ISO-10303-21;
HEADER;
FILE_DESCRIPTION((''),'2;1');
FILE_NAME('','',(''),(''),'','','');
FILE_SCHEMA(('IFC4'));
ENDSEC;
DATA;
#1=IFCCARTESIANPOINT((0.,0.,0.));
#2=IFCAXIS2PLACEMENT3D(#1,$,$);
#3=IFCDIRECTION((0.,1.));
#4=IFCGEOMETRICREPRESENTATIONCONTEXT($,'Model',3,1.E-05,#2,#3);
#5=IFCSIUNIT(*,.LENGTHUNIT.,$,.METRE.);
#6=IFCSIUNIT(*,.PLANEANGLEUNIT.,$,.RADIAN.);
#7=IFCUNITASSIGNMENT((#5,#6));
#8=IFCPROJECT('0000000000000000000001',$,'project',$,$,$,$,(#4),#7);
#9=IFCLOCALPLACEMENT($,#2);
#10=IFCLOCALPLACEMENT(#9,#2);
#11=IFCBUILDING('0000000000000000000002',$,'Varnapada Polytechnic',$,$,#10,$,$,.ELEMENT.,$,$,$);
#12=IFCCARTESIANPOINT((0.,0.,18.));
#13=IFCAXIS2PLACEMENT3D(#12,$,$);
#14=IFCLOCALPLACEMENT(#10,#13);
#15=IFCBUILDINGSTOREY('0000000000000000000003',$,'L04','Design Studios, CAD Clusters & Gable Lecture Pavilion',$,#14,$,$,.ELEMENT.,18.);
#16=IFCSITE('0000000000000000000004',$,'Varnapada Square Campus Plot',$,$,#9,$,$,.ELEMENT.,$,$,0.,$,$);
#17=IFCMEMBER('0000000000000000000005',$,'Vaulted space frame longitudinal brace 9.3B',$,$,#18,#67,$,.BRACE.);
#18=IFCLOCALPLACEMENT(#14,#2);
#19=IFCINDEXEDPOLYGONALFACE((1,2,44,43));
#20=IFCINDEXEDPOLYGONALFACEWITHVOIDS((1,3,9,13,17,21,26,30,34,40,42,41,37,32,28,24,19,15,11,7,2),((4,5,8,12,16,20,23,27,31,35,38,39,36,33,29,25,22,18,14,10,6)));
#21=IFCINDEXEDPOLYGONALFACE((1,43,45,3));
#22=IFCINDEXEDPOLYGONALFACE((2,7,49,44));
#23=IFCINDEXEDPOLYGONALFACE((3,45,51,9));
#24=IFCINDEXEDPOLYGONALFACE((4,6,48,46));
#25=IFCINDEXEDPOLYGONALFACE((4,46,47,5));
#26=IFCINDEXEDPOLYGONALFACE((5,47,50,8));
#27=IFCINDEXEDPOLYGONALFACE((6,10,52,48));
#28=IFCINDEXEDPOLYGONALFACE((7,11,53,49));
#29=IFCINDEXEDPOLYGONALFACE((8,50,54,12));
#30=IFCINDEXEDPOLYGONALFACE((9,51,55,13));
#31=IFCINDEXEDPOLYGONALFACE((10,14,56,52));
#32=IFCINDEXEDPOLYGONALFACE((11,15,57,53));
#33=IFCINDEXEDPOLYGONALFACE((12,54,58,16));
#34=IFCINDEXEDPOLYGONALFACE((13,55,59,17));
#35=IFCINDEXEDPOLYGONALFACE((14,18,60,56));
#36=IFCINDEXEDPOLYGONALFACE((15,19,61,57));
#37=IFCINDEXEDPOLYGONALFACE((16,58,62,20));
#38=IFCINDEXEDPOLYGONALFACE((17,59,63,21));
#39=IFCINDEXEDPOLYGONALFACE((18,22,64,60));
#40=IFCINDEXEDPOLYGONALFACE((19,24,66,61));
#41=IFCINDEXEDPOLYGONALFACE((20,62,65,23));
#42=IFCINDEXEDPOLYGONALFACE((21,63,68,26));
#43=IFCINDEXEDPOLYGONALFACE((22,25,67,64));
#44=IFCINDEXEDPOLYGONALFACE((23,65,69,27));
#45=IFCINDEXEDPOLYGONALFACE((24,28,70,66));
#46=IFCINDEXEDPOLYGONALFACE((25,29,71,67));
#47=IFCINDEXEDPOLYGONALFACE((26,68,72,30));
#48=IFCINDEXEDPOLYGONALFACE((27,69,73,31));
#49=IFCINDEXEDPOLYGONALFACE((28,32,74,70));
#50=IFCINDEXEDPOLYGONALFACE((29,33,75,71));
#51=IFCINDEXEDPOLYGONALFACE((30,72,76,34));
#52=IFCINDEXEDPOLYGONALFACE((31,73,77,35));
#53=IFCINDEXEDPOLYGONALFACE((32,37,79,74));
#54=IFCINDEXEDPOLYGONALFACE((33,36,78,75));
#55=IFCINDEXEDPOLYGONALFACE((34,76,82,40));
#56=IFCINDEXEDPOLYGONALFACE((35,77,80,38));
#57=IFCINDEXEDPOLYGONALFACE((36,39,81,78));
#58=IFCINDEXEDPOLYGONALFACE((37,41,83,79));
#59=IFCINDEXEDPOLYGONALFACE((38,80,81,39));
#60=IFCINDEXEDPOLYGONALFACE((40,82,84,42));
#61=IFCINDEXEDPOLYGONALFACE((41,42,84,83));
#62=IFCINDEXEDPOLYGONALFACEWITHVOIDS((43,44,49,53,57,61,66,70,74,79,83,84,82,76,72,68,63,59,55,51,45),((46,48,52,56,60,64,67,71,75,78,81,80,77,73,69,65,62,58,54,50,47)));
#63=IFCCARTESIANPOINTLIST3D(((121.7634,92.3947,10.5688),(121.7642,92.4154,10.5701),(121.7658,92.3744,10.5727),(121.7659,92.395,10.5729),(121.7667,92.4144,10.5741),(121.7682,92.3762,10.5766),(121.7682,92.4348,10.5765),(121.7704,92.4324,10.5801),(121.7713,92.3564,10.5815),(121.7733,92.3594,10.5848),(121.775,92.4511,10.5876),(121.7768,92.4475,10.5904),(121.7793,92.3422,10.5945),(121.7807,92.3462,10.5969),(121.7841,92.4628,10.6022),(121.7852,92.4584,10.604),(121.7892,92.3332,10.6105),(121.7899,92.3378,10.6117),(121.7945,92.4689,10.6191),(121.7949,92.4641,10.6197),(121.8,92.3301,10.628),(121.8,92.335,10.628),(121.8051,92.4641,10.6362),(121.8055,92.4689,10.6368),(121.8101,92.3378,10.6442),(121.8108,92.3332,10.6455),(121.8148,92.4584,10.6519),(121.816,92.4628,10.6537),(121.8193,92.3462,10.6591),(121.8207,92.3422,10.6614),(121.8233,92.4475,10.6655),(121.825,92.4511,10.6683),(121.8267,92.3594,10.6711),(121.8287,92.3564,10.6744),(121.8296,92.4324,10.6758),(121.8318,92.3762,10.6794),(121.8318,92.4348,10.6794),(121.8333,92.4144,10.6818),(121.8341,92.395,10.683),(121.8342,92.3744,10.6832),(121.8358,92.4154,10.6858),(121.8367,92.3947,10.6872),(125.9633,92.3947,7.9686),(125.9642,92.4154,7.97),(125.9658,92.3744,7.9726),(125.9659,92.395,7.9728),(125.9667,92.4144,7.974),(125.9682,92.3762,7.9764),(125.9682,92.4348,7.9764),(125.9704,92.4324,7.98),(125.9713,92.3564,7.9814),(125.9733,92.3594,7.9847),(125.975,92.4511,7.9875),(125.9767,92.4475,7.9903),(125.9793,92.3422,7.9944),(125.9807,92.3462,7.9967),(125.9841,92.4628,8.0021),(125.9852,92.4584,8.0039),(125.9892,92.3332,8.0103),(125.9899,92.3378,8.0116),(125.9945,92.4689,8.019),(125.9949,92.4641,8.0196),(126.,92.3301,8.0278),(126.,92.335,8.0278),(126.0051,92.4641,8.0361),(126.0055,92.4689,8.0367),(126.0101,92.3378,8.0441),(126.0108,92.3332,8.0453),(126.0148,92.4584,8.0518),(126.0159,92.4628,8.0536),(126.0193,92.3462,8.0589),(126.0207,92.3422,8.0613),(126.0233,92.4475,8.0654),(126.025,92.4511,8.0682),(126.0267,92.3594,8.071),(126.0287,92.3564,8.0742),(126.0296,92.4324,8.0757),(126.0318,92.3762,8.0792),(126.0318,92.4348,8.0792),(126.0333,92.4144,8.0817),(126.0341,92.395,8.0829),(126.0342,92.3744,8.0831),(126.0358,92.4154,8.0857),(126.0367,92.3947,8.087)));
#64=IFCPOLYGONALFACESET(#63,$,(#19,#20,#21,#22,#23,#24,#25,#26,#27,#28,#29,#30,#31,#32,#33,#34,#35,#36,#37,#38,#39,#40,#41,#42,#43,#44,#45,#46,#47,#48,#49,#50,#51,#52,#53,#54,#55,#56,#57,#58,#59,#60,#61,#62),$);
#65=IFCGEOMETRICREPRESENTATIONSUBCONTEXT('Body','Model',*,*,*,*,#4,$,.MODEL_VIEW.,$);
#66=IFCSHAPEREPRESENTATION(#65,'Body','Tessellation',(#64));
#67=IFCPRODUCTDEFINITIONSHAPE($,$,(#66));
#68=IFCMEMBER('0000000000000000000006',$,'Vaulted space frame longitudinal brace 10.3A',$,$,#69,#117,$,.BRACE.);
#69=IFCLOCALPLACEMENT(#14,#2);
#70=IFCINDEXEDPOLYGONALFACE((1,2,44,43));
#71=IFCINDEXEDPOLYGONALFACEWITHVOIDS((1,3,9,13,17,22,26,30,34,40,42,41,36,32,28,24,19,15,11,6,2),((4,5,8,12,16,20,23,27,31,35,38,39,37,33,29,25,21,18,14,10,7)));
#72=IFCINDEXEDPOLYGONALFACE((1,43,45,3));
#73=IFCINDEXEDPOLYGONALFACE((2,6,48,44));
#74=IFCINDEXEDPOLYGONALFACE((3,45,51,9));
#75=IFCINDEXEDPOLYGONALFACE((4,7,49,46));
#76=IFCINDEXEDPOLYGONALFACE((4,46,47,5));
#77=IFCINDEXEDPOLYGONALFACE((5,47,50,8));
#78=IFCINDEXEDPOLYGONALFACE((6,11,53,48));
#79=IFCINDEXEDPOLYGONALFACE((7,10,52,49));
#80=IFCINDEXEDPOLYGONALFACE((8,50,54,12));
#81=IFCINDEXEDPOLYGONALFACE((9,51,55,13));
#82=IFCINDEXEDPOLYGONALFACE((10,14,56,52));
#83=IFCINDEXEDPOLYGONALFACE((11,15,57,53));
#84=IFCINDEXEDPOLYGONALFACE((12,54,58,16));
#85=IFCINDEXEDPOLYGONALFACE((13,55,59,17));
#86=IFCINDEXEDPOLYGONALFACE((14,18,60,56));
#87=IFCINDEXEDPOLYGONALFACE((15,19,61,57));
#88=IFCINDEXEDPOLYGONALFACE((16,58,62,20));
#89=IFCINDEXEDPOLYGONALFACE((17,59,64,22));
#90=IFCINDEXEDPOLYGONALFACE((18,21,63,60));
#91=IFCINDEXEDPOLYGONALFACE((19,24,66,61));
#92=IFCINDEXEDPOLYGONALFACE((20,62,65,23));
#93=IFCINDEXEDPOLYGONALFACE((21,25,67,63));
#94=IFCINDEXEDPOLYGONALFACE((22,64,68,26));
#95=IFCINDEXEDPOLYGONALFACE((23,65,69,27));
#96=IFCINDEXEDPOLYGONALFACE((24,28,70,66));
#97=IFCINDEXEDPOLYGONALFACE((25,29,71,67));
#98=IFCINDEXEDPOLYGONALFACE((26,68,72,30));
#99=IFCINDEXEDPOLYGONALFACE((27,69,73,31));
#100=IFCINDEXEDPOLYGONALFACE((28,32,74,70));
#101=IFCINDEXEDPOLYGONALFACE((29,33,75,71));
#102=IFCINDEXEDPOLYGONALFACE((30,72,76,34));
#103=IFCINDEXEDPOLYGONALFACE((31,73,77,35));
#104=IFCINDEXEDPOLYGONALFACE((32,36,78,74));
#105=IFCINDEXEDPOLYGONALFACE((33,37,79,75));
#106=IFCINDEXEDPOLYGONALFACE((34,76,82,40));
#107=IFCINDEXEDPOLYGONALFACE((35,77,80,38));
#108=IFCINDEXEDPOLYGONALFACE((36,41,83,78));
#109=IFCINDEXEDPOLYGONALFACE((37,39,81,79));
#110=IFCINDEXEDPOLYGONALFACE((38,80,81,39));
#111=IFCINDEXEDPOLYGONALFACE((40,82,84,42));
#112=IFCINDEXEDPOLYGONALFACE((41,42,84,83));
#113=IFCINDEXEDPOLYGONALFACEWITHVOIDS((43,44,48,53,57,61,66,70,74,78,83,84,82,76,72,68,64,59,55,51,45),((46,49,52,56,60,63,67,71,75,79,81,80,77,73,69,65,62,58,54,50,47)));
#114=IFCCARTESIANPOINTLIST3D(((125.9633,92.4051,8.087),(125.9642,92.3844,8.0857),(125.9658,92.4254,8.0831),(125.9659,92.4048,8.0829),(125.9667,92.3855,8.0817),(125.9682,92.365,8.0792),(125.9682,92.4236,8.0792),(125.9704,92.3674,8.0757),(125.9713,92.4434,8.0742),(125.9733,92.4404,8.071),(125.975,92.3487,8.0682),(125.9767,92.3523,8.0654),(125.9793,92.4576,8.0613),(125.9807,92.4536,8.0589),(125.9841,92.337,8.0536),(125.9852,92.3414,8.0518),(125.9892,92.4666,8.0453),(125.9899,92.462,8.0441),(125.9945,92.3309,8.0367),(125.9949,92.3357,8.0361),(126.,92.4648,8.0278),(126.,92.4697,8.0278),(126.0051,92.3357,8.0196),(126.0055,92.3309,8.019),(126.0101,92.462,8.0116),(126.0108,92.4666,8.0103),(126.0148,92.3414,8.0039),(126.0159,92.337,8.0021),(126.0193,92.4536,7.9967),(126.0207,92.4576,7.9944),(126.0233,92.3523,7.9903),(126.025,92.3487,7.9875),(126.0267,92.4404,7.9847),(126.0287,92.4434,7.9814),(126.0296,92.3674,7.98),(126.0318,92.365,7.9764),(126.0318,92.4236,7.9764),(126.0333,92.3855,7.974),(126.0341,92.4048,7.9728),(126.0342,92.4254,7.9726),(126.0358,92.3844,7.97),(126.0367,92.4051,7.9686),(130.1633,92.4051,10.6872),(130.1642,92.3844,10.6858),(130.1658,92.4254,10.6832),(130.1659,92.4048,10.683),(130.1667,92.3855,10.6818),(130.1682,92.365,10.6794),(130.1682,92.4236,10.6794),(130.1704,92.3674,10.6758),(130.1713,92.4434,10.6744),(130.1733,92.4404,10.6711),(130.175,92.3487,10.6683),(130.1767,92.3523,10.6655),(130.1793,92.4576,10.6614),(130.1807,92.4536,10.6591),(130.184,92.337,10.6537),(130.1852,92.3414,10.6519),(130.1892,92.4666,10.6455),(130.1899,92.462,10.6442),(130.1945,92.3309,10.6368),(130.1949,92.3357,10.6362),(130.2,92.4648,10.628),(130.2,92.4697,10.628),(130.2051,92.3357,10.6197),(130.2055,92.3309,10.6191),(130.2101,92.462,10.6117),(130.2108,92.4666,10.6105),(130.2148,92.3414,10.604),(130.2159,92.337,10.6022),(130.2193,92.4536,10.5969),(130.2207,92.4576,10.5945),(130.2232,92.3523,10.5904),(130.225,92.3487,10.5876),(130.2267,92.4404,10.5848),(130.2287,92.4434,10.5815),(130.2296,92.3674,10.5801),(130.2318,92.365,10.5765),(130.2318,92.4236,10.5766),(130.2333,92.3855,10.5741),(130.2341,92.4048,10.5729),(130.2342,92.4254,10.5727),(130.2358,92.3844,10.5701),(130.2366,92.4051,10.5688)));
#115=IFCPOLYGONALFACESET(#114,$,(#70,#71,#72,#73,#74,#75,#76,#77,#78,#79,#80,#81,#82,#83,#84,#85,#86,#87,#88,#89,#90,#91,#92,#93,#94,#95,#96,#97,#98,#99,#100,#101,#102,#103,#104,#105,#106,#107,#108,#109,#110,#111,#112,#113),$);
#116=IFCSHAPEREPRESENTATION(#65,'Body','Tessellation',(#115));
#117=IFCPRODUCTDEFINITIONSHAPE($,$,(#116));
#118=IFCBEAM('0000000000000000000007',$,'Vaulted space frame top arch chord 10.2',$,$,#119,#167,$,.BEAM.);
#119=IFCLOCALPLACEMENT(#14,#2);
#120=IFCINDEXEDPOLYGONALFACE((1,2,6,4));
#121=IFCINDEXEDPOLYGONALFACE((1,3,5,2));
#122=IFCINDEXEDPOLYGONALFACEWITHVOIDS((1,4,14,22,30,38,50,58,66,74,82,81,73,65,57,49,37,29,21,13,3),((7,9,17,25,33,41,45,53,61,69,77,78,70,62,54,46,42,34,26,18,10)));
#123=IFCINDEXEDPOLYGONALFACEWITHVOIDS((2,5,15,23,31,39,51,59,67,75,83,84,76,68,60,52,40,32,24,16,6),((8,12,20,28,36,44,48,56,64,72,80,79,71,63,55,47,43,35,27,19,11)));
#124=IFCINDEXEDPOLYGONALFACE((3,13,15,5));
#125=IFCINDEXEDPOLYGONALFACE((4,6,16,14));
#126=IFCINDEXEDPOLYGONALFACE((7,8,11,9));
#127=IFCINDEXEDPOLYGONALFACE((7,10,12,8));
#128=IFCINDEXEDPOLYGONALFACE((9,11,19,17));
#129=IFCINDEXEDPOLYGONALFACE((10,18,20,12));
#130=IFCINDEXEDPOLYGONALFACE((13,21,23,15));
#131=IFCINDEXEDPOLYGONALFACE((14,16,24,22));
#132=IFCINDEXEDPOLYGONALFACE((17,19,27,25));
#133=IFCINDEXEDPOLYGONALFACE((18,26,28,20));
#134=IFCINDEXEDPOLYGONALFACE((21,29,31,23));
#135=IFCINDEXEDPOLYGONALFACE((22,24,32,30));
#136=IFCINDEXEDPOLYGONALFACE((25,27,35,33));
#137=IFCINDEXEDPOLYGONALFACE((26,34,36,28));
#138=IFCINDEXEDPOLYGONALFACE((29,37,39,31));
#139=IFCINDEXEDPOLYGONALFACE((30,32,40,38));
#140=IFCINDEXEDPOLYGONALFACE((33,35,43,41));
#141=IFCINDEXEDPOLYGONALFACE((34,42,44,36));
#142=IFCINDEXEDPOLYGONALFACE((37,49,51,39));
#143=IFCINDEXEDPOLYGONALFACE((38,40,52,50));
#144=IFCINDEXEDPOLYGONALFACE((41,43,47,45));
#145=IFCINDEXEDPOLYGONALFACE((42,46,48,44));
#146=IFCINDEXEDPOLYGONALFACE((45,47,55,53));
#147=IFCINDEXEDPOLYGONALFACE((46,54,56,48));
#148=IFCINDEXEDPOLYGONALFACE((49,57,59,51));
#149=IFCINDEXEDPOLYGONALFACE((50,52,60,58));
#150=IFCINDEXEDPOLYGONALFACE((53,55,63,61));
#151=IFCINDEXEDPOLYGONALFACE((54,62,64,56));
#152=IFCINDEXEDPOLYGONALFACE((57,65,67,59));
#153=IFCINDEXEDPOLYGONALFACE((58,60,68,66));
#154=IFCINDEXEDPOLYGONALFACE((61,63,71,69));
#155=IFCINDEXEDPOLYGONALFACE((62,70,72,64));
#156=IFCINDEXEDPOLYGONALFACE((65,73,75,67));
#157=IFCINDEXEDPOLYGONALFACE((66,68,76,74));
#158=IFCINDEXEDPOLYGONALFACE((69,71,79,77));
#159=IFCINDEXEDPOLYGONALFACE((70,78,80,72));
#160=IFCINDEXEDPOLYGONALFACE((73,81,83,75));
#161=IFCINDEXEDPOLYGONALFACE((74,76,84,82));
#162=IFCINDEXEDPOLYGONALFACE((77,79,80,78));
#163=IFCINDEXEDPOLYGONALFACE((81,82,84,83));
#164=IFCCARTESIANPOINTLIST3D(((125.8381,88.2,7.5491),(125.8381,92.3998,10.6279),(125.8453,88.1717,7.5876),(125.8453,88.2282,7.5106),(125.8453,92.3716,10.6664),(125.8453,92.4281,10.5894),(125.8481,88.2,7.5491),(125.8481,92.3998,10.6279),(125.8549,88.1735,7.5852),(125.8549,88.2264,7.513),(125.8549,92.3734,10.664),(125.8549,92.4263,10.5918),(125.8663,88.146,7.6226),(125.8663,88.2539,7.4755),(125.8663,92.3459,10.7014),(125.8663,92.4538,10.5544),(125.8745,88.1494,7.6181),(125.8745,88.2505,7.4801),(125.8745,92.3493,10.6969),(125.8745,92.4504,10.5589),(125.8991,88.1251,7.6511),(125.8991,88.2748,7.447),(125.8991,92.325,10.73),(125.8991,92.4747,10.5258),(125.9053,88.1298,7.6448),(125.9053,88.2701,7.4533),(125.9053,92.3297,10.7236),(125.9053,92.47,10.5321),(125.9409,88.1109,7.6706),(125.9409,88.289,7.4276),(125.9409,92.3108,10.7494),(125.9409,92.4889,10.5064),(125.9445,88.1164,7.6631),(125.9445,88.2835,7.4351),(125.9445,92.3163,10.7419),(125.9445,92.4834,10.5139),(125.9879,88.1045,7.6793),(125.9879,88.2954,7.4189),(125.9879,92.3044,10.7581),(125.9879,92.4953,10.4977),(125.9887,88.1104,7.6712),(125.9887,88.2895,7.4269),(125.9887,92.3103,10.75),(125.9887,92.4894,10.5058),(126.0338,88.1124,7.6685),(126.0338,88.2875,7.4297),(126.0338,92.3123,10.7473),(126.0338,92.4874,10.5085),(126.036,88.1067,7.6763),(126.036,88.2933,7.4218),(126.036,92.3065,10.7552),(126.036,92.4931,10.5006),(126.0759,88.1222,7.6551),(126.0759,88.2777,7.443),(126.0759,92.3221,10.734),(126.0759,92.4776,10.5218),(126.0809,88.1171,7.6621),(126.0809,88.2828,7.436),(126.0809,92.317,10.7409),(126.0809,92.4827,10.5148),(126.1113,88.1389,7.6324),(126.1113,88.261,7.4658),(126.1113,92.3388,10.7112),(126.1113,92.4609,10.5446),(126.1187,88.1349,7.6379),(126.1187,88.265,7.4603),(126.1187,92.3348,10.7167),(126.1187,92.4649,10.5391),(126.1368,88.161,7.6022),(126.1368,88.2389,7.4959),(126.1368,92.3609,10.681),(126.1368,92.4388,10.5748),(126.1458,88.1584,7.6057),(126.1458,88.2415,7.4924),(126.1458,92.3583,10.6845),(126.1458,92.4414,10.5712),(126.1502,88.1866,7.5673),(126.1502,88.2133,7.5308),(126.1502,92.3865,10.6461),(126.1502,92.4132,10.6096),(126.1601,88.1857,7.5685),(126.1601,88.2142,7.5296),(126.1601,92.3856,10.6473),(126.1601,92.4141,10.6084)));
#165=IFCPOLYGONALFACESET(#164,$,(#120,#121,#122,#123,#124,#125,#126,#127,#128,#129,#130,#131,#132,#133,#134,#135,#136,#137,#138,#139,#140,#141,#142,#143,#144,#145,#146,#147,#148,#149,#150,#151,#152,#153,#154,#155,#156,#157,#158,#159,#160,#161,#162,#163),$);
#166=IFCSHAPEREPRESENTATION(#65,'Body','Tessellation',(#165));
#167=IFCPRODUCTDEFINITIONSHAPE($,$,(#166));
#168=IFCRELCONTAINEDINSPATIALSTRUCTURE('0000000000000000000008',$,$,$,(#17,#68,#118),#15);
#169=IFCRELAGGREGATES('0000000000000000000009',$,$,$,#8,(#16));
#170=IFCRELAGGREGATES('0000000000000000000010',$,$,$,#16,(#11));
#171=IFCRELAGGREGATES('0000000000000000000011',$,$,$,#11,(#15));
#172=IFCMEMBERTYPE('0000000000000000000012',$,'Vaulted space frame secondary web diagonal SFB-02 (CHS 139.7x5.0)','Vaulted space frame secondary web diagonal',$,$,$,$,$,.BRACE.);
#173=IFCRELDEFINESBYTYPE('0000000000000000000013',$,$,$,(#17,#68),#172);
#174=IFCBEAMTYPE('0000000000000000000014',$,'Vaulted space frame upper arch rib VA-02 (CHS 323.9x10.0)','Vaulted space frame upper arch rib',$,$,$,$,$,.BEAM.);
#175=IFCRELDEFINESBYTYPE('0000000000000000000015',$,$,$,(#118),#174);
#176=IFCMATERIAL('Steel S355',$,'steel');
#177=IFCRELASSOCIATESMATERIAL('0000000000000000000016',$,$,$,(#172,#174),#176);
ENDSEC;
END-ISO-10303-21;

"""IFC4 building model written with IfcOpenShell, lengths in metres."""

from ifc_helpers import new_model, si_unit, direction, frame, origin, origin_2d, place, context, subcontext, project, spatial, hollow_circle, extrude, material, material_profile, profile_set, type_object, element, save


model = new_model("IFC4")

# Units and contexts
model_context = context("Model", 3, precision=1e-05, world=origin(), true_north=direction((0.0, 1.0)))
body_context = subcontext(model_context, "Body", "Model", "MODEL_VIEW")
ifc_project = project(units=[si_unit("LENGTHUNIT", "METRE"), si_unit("PLANEANGLEUNIT", "RADIAN")], contexts=[model_context])

# Site, building, storey
site_placement = place(None, origin())
site = spatial("IfcSite", under=ifc_project, at=site_placement, Name="Varnapada Square Campus Plot", CompositionType="ELEMENT", RefElevation=0.0)
building_placement = place(site_placement, origin())
building = spatial("IfcBuilding", under=site, at=building_placement, Name="Varnapada Polytechnic", CompositionType="ELEMENT")
storey_placement = place(building_placement, frame((0.0, 0.0, 18.0)))
storey = spatial("IfcBuildingStorey", under=building, at=storey_placement, Name="L04", Description="Design Studios, CAD Clusters & Gable Lecture Pavilion", CompositionType="ELEMENT", Elevation=18.0)

# Shared definitions
ifc_material = material(Name="Steel S355", Category="steel")

# Members
ifc_material_profile_1 = material_profile(ifc_material, hollow_circle(Radius=0.0698, WallThickness=0.0049, at=origin_2d()), Name="CHS 139.7x5.0")
ifc_profile_set_1 = profile_set([ifc_material_profile_1], Name="Steel S355")
member_type_1 = type_object("IfcMemberType", Name="Vaulted space frame secondary web diagonal SFB-02 (CHS 139.7x5.0)", Description="Vaulted space frame secondary web diagonal", PredefinedType="BRACE", material=ifc_profile_set_1)
for number, where, z_axis, x_axis, name in (
    (1, (126.0, 92.3999, 8.0278), (-0.850254, 0.0, 0.526373), (0.0, -1.0, 0.0), "Vaulted space frame longitudinal brace 9.3B"),
    (2, (126.0, 92.3999, 8.0278), (0.850254, 0.0, 0.526373), (0.0, 1.0, 0.0), "Vaulted space frame longitudinal brace 10.3A"),
):
    element("IfcMember", number, at=place(storey_placement, frame(where, z_axis=z_axis, x_axis=x_axis)), inside=storey, type_object=member_type_1, Name=name, PredefinedType="BRACE", context=body_context, shape_type="SweptSolid", body=[
        extrude(hollow_circle(Radius=0.0698, WallThickness=0.0049, at=origin_2d()), origin(), (0.0, 0.0, 1.0), 4.9397),
    ])

# Beam
ifc_material_profile_2 = material_profile(ifc_material, hollow_circle(Radius=0.1619, WallThickness=0.01, at=origin_2d()), Name="CHS 323.9x10.0")
ifc_profile_set_2 = profile_set([ifc_material_profile_2], Name="Steel S355")
beam_type_1 = type_object("IfcBeamType", Name="Vaulted space frame upper arch rib VA-02 (CHS 323.9x10.0)", Description="Vaulted space frame upper arch rib", PredefinedType="BEAM", material=ifc_profile_set_2)
beam_1_placement = place(storey_placement, frame((126.0, 88.2, 7.5491), z_axis=(0.0, 0.806506, 0.591225), x_axis=(-1.0, 0.0, 0.0)))
element("IfcBeam", 3, at=beam_1_placement, inside=storey, type_object=beam_type_1, Name="Vaulted space frame top arch chord 10.2", PredefinedType="BEAM", context=body_context, shape_type="SweptSolid", body=[
    extrude(hollow_circle(Radius=0.1619, WallThickness=0.01, at=origin_2d()), origin(), (0.0, 0.0, 1.0), 5.2075),
])

save(model, "model.ifc")
